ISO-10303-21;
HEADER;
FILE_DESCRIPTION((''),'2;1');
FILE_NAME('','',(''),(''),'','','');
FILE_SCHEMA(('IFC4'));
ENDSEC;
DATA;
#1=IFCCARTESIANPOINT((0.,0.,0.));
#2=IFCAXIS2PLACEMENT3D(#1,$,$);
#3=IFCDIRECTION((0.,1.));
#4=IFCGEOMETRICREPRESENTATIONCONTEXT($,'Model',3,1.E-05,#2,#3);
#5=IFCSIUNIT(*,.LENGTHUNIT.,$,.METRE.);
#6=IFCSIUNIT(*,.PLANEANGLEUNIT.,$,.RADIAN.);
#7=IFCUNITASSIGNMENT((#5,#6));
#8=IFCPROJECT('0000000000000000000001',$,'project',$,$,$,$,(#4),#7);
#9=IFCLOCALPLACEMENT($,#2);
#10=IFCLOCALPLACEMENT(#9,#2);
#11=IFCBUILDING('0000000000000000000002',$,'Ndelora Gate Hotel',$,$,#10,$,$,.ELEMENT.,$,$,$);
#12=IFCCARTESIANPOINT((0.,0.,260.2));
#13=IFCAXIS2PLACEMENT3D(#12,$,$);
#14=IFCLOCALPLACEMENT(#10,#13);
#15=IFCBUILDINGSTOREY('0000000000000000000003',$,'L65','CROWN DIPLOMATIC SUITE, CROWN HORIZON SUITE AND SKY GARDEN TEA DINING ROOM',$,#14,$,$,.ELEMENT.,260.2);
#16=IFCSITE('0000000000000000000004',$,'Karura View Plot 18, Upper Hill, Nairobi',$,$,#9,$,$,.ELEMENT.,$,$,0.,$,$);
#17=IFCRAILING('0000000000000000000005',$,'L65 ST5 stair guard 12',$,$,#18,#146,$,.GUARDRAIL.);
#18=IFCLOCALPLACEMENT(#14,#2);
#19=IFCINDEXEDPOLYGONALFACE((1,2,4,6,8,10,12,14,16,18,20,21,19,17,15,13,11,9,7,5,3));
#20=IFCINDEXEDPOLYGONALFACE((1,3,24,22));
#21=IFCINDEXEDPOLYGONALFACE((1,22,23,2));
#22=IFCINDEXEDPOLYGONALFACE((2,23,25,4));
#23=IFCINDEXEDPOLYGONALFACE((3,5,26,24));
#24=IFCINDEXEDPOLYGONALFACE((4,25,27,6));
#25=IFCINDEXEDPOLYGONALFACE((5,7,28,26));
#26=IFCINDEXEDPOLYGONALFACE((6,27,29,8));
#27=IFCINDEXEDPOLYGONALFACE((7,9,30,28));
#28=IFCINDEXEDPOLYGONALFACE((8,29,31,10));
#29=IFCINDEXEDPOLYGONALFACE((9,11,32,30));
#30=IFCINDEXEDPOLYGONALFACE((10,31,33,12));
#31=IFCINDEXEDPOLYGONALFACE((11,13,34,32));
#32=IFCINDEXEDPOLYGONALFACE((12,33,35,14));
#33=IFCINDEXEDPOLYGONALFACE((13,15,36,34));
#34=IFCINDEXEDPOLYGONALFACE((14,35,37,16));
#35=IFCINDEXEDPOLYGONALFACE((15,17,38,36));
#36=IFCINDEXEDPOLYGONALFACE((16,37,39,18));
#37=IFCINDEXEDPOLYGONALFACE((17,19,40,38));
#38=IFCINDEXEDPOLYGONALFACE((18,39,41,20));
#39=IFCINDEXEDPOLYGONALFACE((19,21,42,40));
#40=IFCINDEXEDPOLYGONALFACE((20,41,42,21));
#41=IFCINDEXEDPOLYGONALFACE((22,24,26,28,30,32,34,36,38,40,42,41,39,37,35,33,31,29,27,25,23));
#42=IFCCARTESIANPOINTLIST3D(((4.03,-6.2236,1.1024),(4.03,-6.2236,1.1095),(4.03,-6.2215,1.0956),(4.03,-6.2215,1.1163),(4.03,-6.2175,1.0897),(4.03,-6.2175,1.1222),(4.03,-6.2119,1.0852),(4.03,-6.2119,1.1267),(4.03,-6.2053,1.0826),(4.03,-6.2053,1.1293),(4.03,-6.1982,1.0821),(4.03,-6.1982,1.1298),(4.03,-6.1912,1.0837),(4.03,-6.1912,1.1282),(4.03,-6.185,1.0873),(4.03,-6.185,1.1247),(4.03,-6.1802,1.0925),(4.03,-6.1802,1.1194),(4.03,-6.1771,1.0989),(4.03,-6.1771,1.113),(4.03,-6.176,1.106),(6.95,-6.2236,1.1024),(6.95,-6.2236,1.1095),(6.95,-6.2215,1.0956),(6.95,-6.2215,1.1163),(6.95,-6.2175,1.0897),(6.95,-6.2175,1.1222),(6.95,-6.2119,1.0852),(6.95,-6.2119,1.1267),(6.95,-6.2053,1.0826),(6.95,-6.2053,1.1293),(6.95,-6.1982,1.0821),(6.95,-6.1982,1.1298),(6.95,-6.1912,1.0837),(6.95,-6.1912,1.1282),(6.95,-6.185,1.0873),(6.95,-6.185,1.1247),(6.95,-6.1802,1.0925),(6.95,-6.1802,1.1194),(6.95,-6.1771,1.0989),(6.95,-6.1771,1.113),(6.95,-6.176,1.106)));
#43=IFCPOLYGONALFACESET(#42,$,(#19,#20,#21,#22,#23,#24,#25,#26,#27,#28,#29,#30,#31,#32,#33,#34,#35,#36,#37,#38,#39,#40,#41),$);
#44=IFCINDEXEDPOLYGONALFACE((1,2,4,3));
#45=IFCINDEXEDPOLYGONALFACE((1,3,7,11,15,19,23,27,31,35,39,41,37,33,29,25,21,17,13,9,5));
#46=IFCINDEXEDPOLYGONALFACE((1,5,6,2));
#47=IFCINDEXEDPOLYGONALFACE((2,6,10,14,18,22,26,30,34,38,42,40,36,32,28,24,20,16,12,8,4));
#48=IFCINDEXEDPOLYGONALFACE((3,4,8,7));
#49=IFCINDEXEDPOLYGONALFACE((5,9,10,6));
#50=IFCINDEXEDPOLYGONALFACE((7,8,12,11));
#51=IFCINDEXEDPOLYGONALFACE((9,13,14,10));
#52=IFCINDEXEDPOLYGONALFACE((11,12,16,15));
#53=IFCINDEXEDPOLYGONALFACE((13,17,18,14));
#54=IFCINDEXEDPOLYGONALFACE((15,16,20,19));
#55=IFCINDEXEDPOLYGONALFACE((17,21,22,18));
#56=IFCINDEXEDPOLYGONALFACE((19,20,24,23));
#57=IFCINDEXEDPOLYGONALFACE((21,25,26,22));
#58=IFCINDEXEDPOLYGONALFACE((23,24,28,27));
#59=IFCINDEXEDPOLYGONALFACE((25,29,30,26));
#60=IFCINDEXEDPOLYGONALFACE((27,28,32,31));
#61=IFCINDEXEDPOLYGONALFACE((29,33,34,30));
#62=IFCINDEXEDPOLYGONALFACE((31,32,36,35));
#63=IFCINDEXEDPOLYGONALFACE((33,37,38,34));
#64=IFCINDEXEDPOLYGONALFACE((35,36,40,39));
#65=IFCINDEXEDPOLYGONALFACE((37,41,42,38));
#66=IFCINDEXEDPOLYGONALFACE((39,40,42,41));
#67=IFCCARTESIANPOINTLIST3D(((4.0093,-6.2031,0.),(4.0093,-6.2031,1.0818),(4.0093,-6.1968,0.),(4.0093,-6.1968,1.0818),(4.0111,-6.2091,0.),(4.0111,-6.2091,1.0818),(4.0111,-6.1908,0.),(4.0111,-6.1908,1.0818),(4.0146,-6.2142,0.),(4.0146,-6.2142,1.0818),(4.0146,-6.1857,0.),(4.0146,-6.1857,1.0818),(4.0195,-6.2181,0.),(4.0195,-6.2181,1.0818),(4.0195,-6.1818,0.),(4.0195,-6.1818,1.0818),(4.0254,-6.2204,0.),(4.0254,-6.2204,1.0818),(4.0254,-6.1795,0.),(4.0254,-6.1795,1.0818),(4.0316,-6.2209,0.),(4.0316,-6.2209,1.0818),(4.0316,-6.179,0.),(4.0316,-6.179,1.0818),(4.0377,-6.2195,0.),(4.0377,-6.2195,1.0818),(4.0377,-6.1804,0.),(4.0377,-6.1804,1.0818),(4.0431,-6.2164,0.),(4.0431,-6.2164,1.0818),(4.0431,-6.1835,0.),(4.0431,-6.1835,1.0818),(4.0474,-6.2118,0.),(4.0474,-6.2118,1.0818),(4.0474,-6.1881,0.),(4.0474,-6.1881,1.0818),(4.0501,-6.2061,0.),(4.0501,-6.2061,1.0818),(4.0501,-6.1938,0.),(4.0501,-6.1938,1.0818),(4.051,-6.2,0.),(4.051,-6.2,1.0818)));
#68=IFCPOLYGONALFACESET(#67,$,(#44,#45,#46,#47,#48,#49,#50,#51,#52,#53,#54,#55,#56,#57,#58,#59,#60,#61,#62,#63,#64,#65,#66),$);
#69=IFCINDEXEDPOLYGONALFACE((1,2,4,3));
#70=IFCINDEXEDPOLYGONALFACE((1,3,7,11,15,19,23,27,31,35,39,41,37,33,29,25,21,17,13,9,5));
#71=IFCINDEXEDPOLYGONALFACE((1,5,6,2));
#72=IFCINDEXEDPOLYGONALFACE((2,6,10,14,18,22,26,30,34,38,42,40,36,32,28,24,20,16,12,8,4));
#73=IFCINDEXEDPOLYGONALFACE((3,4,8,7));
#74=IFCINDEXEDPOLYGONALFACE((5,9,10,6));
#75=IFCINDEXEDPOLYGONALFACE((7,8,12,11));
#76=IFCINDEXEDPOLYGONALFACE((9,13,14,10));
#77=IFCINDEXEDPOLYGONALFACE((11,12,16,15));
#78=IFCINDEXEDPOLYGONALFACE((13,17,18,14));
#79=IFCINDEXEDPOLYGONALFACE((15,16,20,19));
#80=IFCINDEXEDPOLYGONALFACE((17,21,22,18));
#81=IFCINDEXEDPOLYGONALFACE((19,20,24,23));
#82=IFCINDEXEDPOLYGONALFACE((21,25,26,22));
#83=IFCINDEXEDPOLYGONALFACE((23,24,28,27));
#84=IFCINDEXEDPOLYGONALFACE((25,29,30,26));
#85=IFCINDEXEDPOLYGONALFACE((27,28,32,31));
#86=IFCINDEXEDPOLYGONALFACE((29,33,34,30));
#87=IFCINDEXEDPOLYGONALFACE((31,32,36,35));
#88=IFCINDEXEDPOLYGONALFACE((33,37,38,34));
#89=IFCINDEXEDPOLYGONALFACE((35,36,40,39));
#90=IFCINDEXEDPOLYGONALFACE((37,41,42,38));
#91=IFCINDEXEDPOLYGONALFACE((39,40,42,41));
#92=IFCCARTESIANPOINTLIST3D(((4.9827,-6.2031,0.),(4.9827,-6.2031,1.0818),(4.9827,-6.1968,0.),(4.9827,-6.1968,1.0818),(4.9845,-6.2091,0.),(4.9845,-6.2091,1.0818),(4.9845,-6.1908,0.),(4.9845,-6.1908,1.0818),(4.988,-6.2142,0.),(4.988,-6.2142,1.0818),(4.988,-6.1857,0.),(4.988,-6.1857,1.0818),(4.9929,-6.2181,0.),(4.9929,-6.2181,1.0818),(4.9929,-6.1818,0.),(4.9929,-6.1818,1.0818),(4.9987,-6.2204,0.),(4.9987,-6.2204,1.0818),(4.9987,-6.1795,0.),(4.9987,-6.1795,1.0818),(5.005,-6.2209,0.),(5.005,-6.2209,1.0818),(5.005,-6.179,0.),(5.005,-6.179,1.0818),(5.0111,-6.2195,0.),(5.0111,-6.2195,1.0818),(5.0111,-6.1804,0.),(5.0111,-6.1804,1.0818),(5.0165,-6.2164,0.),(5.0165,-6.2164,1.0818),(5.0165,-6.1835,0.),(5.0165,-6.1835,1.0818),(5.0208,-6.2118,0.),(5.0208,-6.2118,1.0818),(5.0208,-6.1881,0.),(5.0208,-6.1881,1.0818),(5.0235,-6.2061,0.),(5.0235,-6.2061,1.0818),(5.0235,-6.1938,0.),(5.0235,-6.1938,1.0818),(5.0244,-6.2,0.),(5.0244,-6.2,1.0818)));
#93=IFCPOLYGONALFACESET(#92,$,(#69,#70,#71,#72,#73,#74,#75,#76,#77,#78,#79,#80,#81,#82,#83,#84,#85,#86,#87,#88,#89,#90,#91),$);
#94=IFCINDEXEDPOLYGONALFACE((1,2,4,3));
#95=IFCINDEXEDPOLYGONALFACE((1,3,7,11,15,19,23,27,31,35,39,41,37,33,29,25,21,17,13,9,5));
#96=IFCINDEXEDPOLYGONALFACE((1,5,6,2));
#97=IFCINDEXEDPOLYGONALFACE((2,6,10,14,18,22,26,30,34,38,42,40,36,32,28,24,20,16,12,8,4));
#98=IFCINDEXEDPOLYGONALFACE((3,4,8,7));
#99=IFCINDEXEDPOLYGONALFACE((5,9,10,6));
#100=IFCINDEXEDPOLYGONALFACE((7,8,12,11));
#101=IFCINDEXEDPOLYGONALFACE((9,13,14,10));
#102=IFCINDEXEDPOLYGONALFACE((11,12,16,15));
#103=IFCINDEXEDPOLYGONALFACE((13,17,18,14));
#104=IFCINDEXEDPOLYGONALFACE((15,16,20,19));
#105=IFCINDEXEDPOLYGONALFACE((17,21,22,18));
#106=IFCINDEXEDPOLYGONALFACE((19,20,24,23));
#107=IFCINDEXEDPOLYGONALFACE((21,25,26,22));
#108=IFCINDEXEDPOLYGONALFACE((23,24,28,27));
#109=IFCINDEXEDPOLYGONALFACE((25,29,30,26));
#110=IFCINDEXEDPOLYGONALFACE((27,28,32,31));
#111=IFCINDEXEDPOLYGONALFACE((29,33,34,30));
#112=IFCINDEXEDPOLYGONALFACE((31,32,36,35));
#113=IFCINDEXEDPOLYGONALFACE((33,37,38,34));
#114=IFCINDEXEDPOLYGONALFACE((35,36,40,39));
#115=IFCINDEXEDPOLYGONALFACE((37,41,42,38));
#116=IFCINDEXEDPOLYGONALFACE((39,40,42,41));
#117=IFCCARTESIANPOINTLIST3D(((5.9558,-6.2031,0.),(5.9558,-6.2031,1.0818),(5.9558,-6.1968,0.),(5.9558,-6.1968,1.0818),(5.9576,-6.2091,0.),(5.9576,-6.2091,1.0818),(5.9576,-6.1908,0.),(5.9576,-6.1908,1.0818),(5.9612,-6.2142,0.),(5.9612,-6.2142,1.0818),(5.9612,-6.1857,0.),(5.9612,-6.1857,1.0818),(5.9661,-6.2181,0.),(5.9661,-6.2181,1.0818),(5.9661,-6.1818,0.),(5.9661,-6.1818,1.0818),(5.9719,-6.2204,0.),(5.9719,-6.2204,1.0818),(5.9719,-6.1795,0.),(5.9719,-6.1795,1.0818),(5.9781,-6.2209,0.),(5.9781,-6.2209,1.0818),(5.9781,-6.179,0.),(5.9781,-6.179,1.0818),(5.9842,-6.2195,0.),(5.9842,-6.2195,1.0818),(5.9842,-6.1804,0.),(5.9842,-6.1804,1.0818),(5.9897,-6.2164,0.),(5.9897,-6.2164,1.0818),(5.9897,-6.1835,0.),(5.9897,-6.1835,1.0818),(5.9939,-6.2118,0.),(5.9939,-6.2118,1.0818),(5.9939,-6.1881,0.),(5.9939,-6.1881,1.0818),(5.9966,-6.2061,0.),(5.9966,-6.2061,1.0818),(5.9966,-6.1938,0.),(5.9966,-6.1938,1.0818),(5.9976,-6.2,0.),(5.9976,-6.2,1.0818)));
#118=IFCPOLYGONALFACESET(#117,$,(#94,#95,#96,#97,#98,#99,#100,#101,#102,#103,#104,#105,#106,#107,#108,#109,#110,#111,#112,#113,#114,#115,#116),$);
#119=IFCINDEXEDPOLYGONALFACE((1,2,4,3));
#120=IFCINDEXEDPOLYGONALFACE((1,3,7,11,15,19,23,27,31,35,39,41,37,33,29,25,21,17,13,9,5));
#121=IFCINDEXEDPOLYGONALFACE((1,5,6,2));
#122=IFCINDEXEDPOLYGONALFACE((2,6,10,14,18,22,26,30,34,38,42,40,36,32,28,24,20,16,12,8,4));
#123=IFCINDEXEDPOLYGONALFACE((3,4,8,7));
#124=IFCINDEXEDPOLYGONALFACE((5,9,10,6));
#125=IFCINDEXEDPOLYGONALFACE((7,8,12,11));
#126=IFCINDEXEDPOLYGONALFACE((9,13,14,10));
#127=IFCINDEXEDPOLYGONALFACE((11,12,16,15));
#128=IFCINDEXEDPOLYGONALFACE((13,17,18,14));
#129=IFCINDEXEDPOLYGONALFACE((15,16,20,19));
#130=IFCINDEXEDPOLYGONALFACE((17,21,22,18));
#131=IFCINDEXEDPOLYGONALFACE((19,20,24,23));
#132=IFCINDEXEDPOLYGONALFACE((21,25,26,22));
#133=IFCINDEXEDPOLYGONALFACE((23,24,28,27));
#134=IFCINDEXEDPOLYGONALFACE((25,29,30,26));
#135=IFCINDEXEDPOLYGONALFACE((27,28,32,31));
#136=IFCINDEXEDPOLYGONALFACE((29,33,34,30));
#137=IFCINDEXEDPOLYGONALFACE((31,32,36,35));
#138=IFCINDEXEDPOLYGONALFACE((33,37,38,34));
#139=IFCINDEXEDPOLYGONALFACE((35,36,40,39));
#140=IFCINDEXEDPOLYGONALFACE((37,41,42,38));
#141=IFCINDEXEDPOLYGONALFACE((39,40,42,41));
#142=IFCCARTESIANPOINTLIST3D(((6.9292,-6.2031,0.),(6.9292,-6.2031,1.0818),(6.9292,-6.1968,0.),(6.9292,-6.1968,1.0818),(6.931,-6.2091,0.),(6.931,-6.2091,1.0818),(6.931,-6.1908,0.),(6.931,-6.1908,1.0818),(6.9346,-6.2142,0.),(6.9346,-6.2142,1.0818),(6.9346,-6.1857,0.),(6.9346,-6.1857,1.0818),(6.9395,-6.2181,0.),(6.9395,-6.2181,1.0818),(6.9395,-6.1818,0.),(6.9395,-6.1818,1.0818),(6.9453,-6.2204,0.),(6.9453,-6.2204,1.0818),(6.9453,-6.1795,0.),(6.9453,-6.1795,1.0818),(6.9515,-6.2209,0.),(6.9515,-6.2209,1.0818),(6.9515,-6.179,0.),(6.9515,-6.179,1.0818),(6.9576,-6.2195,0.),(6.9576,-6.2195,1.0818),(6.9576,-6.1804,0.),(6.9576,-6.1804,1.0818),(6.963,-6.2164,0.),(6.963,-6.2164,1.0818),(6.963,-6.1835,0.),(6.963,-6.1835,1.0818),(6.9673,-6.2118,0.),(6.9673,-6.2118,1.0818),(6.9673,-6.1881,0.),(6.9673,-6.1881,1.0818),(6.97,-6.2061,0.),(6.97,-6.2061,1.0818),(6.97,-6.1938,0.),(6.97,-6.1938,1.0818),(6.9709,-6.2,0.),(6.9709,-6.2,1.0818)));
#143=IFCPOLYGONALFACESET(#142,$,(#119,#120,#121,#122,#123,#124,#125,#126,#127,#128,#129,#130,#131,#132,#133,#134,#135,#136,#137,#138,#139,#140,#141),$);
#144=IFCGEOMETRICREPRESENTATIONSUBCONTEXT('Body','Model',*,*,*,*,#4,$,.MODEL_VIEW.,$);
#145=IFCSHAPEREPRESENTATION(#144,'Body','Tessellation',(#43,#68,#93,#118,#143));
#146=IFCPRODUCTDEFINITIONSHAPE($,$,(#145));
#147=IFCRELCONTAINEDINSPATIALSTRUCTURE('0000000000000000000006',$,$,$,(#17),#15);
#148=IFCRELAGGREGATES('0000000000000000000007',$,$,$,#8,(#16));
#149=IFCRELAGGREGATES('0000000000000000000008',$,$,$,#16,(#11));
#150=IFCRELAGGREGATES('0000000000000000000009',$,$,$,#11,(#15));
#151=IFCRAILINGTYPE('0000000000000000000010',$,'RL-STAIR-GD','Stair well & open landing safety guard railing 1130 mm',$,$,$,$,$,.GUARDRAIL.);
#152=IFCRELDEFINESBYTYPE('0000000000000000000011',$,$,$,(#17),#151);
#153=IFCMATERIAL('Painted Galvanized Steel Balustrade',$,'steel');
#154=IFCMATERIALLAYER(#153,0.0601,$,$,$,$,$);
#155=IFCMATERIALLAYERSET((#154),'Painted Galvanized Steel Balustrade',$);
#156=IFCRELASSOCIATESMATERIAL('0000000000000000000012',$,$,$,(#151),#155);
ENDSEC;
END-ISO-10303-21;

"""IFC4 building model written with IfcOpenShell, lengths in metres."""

from ifc_helpers import new_model, si_unit, direction, frame, origin, origin_2d, place, context, subcontext, project, spatial, circle, extrude, material, layer, layer_set, type_object, element, save


model = new_model("IFC4")

# Units and contexts
model_context = context("Model", 3, precision=1e-05, world=origin(), true_north=direction((0.0, 1.0)))
body_context = subcontext(model_context, "Body", "Model", "MODEL_VIEW")
ifc_project = project(units=[si_unit("LENGTHUNIT", "METRE"), si_unit("PLANEANGLEUNIT", "RADIAN")], contexts=[model_context])

# Site, building, storey
site_placement = place(None, origin())
site = spatial("IfcSite", under=ifc_project, at=site_placement, Name="Karura View Plot 18, Upper Hill, Nairobi", CompositionType="ELEMENT", RefElevation=0.0)
building_placement = place(site_placement, origin())
building = spatial("IfcBuilding", under=site, at=building_placement, Name="Ndelora Gate Hotel", CompositionType="ELEMENT")
storey_placement = place(building_placement, frame((0.0, 0.0, 260.2)))
storey = spatial("IfcBuildingStorey", under=building, at=storey_placement, Name="L65", Description="CROWN DIPLOMATIC SUITE, CROWN HORIZON SUITE AND SKY GARDEN TEA DINING ROOM", CompositionType="ELEMENT", Elevation=260.2)

# Railing
ifc_material_1 = material(Name="Painted Galvanized Steel Balustrade", Category="steel")
ifc_layer_1 = layer(ifc_material_1, 0.0601)
ifc_layer_set_1 = layer_set([ifc_layer_1], Name="Painted Galvanized Steel Balustrade")
railing_type_1 = type_object("IfcRailingType", Name="RL-STAIR-GD", Description="Stair well & open landing safety guard railing 1130 mm", PredefinedType="GUARDRAIL", material=ifc_layer_set_1)
railing_1_placement = place(storey_placement, frame((4.03, -6.2, 0.0)))
element("IfcRailing", 1, at=railing_1_placement, inside=storey, type_object=railing_type_1, Name="L65 ST5 stair guard 12", PredefinedType="GUARDRAIL", context=body_context, shape_type="SweptSolid", body=[
    extrude(circle(Radius=0.0239, at=origin_2d()), frame((0.0, 0.0, 1.106), z_axis=(1.0, 0.0, 0.0), x_axis=(0.0, 1.0, 0.0)), (0.0, 0.0, 1.0), 2.9199),
    extrude(circle(Radius=0.021, at=origin_2d()), origin(), (0.0, 0.0, 1.0), 1.0818),
    extrude(circle(Radius=0.021, at=origin_2d()), frame((0.9734, 0.0, 0.0)), (0.0, 0.0, 1.0), 1.0818),
    extrude(circle(Radius=0.021, at=origin_2d()), frame((1.9465, 0.0, 0.0)), (0.0, 0.0, 1.0), 1.0818),
    extrude(circle(Radius=0.021, at=origin_2d()), frame((2.9199, 0.0, 0.0)), (0.0, 0.0, 1.0), 1.0818),
])

save(model, "model.ifc")
